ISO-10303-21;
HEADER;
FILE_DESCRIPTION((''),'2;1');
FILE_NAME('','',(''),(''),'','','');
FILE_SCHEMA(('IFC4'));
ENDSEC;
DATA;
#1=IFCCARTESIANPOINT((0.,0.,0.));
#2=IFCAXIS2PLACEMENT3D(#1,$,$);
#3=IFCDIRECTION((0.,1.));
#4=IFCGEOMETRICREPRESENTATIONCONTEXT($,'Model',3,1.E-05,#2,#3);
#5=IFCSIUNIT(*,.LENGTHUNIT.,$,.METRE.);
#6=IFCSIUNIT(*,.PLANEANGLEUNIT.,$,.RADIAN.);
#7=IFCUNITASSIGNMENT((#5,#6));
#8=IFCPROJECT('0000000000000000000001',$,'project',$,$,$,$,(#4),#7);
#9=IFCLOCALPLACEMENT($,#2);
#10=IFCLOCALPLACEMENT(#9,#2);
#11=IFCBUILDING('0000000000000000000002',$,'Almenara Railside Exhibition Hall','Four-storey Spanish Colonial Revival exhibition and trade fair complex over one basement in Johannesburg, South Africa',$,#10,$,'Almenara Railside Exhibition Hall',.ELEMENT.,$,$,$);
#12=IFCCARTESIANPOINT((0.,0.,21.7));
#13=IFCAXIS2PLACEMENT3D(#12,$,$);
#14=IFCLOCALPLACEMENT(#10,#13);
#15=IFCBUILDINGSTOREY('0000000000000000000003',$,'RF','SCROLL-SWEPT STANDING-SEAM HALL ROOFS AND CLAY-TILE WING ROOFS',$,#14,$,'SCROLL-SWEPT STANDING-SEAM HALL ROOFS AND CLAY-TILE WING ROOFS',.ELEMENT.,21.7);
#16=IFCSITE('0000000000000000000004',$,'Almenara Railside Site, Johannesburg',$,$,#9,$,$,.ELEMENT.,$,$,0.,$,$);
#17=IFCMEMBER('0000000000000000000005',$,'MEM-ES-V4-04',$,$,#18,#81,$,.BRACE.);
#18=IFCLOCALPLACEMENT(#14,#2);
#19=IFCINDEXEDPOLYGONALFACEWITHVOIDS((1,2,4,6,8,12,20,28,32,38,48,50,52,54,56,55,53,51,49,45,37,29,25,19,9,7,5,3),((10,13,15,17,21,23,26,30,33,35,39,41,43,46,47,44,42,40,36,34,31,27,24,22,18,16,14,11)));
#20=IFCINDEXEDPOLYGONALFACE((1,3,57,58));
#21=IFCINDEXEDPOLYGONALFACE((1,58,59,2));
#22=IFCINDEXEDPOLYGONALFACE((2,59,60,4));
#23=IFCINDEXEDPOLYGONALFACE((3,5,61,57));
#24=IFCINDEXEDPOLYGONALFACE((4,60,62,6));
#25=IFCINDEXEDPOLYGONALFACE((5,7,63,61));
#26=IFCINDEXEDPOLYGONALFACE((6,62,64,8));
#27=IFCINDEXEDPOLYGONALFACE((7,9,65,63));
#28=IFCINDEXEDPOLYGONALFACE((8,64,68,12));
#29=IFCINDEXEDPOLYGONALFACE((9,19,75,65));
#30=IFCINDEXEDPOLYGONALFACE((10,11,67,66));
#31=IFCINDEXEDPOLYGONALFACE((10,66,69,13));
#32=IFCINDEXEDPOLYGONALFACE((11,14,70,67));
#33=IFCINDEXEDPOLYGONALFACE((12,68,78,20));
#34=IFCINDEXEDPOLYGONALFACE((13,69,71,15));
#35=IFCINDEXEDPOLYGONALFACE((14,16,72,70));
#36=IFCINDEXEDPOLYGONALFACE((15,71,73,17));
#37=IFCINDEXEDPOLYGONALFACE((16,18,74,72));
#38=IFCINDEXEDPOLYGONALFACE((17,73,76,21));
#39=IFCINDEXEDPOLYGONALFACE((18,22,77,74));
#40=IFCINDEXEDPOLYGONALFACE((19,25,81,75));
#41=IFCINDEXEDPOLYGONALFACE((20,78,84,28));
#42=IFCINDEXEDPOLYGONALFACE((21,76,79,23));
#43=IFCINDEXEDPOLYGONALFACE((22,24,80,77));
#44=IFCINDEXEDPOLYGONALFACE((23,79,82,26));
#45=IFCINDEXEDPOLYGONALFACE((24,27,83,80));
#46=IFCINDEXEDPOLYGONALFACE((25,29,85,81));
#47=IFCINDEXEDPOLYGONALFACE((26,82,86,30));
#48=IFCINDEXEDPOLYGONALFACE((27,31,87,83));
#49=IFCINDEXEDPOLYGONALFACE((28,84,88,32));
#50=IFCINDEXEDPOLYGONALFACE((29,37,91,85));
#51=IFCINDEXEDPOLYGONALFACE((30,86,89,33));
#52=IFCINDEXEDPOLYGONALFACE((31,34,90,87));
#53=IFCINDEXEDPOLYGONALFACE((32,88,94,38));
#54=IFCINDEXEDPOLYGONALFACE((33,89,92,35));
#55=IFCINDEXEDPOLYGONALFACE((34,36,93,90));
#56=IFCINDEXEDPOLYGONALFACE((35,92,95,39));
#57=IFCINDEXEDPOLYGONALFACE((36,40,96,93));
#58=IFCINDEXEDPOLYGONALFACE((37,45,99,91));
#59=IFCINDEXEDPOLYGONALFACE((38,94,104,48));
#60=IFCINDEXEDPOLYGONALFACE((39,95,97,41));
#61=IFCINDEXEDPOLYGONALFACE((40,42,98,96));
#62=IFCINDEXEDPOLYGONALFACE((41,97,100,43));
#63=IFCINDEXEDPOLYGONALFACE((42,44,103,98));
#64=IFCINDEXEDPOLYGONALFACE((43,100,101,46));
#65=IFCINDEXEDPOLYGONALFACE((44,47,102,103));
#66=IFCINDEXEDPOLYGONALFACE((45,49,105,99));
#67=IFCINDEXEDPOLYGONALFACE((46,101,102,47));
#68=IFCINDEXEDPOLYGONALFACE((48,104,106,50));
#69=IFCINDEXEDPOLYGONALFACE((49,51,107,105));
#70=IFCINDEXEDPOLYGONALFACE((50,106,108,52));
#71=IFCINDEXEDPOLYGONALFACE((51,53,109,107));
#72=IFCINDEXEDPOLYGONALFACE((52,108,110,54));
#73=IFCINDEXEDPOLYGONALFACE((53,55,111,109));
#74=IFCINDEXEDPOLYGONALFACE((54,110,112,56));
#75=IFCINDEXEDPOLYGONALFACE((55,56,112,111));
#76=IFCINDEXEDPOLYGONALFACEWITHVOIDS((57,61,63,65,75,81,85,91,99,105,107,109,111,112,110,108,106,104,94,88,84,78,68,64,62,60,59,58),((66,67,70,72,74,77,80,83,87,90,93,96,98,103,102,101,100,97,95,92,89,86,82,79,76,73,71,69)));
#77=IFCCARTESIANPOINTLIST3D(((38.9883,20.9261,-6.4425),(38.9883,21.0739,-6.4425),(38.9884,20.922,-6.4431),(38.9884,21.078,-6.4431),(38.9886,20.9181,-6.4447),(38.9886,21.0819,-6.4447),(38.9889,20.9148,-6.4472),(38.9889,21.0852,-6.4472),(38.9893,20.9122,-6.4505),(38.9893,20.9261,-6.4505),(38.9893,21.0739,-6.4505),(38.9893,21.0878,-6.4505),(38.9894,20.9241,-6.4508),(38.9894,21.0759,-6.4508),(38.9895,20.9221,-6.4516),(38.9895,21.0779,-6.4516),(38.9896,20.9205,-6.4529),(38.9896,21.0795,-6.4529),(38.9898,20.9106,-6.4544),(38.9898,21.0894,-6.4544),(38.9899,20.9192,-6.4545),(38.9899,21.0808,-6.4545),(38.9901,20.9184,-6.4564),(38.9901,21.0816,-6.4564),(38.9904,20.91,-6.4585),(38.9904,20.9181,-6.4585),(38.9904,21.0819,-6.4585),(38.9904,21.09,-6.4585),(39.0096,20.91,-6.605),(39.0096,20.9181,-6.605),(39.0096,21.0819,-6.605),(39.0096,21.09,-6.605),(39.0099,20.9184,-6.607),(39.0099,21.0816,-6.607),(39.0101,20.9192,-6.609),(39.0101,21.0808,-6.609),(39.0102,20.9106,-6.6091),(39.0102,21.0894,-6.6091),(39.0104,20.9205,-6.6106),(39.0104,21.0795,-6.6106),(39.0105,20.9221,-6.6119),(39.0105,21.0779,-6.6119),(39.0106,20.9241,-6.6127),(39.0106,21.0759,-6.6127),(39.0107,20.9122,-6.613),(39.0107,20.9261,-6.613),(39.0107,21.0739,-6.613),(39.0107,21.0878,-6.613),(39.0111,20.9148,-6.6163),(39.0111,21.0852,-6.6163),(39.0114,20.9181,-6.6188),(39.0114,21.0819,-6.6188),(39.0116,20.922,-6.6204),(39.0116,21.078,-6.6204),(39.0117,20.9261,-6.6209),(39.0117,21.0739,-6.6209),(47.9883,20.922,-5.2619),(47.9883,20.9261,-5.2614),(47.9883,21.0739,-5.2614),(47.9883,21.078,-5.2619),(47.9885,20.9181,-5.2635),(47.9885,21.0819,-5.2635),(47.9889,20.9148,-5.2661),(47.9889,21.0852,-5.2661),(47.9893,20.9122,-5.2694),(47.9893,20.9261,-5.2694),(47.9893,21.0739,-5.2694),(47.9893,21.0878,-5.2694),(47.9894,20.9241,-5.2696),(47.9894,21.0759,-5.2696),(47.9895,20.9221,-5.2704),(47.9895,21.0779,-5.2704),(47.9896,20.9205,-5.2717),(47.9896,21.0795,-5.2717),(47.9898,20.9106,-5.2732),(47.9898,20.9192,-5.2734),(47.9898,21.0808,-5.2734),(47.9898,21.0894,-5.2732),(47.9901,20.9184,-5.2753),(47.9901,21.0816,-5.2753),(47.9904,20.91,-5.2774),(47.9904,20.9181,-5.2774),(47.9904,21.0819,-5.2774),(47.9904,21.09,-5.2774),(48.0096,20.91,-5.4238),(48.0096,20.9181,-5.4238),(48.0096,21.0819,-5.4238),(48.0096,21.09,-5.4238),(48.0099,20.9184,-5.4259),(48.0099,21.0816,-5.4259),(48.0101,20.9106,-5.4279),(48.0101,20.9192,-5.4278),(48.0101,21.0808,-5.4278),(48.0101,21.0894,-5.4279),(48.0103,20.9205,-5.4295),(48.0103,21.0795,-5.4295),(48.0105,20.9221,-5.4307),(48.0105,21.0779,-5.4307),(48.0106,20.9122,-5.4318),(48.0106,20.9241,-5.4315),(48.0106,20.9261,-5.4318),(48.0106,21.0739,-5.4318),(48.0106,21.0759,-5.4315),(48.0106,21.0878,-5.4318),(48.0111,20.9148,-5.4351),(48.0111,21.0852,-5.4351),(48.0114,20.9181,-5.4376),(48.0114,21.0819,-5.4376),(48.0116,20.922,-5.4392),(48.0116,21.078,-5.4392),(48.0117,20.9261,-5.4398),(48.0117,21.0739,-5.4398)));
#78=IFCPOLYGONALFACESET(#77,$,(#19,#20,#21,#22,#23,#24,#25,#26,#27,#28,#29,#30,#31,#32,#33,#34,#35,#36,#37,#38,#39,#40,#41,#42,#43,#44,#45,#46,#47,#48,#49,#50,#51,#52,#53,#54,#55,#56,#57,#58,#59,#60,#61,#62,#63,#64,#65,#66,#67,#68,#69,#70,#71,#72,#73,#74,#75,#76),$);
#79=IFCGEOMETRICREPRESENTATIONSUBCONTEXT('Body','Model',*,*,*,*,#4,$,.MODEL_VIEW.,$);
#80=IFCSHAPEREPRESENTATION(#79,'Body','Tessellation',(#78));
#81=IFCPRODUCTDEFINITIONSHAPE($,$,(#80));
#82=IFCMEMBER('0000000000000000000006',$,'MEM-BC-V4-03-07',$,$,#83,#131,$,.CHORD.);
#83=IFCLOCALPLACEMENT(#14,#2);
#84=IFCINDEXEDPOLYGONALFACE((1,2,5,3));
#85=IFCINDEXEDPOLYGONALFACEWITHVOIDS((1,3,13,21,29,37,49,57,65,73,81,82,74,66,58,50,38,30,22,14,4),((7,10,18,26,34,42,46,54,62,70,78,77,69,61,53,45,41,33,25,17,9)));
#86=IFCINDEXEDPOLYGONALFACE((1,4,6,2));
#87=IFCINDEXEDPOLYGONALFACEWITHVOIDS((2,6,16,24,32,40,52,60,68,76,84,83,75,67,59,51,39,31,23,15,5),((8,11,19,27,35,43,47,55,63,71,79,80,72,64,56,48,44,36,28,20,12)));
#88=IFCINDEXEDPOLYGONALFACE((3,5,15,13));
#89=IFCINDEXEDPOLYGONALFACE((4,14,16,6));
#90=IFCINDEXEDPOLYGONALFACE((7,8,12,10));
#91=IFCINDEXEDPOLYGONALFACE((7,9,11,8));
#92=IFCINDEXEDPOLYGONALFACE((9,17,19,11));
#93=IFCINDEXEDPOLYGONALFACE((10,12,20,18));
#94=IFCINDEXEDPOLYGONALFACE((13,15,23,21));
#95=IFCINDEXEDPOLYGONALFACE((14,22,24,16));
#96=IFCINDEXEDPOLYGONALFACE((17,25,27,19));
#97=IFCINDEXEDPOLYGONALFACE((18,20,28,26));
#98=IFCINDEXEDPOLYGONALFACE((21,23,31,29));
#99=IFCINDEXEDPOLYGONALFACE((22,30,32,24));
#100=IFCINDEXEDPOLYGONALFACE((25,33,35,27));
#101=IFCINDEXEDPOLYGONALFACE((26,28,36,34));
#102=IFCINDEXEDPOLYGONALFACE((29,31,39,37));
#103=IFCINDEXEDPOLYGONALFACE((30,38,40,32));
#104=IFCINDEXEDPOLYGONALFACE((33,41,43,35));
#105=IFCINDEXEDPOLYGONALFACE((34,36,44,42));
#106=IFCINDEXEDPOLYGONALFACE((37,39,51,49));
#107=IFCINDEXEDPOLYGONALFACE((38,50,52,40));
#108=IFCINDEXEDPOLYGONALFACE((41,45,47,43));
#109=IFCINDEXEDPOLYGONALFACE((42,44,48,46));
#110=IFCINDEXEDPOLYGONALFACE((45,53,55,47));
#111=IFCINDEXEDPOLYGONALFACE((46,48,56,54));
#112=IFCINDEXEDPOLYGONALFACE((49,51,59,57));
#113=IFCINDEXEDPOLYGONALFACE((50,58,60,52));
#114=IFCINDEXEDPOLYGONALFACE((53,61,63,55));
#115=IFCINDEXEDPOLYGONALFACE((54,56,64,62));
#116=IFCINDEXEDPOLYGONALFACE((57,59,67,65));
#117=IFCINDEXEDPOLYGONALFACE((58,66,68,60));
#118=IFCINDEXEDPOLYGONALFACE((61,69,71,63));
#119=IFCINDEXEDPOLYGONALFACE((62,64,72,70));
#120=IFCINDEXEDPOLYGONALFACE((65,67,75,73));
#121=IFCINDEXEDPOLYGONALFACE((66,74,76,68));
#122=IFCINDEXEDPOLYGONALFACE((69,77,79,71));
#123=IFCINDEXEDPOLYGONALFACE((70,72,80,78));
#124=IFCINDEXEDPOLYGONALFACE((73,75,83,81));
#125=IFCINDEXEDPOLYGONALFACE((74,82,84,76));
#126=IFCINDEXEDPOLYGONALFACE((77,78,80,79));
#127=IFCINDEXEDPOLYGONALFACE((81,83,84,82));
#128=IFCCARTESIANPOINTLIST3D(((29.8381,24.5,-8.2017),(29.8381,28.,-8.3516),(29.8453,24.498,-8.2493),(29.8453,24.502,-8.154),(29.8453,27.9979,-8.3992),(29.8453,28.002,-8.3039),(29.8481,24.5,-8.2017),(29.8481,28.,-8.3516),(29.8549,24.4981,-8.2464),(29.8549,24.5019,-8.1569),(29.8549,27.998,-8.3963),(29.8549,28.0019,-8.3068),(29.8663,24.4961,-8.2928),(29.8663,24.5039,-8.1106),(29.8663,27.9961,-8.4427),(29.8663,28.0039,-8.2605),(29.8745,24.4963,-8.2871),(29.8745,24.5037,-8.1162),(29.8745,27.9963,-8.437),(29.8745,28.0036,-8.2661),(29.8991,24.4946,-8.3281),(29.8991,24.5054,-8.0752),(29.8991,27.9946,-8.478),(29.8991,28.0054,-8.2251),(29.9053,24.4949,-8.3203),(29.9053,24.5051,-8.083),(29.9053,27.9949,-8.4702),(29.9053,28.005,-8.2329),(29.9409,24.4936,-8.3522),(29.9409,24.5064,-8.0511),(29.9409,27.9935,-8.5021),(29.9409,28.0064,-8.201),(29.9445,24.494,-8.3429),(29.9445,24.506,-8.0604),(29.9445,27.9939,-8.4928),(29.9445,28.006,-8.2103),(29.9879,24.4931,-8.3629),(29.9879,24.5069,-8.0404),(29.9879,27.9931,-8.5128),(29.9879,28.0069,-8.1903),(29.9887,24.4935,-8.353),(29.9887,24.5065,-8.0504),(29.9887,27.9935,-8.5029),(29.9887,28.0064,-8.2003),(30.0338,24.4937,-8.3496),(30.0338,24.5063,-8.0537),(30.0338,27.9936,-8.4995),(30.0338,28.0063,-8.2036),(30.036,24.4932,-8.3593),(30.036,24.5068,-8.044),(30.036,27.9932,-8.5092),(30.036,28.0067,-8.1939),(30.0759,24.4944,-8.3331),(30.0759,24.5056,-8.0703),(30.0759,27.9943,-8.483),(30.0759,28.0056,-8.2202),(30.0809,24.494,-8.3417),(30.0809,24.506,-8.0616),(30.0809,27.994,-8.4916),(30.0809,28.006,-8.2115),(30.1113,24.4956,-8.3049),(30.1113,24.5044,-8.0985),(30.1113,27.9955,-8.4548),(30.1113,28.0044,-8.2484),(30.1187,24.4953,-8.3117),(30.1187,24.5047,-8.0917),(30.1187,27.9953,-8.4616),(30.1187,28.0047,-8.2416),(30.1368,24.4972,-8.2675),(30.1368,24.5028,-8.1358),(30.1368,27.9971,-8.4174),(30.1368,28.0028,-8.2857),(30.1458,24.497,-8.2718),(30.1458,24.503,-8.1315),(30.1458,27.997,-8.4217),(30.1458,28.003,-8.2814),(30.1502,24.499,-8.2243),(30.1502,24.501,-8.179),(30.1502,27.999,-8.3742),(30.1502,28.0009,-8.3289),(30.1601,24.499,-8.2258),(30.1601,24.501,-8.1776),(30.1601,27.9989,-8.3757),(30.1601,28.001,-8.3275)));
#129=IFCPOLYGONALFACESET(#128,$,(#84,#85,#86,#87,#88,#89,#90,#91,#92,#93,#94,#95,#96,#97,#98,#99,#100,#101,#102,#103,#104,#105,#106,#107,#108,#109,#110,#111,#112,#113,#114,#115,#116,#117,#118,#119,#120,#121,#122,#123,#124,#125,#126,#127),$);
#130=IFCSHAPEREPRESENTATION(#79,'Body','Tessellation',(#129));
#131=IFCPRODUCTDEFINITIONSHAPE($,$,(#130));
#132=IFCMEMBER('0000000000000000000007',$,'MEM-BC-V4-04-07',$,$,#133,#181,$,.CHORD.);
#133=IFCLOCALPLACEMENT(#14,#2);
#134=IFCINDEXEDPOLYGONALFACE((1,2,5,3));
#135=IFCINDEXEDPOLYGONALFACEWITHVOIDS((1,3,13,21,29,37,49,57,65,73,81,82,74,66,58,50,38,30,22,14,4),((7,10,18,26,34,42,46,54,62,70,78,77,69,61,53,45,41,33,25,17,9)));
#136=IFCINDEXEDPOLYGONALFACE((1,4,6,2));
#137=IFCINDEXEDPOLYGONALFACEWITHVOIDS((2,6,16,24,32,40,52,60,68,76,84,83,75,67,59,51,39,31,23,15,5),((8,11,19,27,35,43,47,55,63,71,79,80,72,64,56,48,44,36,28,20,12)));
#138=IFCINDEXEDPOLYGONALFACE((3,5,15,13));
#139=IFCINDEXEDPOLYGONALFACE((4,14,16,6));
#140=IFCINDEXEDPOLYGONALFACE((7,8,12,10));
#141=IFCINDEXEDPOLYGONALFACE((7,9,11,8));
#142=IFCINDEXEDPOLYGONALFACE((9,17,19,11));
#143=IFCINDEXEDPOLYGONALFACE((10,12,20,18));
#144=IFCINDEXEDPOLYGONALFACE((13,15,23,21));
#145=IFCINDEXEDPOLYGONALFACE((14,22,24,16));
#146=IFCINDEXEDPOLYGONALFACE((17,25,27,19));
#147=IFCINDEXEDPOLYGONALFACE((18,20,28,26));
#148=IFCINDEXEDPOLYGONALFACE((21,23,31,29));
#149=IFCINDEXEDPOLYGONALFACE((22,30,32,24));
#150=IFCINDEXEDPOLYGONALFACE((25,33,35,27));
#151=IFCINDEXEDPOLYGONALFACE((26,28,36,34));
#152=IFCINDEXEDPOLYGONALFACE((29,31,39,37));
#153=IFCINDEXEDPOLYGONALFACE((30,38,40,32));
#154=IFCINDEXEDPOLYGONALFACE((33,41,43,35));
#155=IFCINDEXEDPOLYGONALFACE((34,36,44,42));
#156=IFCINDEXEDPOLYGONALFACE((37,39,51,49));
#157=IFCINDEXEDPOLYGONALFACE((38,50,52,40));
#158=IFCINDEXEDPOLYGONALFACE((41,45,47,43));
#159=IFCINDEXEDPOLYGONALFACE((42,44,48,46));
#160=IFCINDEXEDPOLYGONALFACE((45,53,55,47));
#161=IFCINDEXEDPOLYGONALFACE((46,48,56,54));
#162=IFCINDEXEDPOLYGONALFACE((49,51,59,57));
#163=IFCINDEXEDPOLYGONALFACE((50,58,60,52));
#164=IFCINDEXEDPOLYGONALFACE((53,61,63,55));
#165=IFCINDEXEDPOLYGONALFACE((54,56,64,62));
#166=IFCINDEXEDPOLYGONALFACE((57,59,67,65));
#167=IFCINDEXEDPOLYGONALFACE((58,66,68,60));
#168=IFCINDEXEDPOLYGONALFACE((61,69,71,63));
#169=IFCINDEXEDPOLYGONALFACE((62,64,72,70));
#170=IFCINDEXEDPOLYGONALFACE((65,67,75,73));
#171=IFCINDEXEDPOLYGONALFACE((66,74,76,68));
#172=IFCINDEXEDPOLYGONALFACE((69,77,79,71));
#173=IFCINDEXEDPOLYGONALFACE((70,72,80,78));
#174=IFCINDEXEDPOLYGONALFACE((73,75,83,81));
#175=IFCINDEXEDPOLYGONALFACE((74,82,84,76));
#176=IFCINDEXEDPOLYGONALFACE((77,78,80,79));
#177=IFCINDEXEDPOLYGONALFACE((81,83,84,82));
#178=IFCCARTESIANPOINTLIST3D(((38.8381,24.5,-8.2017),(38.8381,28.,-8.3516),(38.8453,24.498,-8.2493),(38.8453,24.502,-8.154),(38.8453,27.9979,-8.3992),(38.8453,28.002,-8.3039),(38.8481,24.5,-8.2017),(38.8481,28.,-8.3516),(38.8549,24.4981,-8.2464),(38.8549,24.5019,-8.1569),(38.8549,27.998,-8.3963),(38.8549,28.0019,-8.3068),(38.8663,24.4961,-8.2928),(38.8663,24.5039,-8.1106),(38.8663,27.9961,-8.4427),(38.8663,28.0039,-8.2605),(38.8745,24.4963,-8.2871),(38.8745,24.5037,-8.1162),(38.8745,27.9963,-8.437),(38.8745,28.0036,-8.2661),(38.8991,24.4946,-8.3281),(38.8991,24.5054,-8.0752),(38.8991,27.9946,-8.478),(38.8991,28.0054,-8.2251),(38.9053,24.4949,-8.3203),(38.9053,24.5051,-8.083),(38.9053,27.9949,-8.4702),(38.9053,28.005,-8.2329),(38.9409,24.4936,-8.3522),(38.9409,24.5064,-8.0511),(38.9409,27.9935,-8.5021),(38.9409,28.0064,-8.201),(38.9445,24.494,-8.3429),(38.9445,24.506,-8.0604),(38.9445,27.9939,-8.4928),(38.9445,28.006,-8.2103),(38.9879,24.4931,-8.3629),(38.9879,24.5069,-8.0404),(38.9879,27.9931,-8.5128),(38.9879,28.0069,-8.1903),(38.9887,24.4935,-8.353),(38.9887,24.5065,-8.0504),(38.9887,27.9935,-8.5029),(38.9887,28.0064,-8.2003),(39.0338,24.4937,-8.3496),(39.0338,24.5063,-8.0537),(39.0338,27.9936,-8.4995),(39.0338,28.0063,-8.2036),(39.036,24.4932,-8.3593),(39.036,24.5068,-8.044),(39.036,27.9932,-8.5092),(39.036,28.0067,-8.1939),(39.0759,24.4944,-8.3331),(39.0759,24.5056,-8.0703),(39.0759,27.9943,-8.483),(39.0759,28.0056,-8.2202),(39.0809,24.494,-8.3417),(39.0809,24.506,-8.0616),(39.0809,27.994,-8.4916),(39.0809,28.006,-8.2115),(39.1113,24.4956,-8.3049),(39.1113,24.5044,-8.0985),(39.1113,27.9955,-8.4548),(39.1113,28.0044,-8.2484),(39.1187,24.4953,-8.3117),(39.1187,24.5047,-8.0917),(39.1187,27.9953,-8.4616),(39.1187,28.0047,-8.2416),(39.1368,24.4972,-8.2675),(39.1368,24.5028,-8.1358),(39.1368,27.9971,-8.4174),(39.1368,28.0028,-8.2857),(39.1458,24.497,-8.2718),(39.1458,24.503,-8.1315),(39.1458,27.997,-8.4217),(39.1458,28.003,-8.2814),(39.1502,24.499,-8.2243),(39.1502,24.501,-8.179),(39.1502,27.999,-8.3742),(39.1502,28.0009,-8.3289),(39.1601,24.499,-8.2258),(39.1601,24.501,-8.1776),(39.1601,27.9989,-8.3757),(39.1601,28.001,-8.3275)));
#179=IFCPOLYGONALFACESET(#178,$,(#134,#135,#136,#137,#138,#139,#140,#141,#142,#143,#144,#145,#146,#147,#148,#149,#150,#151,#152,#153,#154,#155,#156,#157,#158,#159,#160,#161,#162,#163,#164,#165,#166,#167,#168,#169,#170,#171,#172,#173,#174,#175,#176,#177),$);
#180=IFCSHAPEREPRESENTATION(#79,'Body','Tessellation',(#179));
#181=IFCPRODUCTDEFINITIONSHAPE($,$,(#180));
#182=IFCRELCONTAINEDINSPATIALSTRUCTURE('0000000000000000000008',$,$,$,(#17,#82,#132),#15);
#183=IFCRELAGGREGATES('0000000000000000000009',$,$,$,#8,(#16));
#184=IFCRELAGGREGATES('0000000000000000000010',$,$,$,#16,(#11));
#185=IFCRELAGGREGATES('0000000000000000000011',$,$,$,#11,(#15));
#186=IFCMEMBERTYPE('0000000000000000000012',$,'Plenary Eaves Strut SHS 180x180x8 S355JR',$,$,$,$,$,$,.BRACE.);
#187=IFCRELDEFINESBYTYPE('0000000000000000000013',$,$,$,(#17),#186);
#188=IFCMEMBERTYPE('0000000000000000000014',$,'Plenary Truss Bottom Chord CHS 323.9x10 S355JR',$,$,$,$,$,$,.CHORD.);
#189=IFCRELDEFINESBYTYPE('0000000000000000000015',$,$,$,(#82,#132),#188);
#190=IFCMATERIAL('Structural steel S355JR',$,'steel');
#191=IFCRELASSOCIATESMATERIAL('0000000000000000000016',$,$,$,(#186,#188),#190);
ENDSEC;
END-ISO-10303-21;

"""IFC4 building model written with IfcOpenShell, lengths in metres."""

from ifc_helpers import new_model, si_unit, direction, frame, origin, origin_2d, place, context, subcontext, project, spatial, hollow_rectangle, hollow_circle, extrude, material, material_profile, profile_set, type_object, element, save


model = new_model("IFC4")

# Units and contexts
model_context = context("Model", 3, precision=1e-05, world=origin(), true_north=direction((0.0, 1.0)))
body_context = subcontext(model_context, "Body", "Model", "MODEL_VIEW")
ifc_project = project(units=[si_unit("LENGTHUNIT", "METRE"), si_unit("PLANEANGLEUNIT", "RADIAN")], contexts=[model_context])

# Site, building, storey
site_placement = place(None, origin())
site = spatial("IfcSite", under=ifc_project, at=site_placement, Name="Almenara Railside Site, Johannesburg", CompositionType="ELEMENT", RefElevation=0.0)
building_placement = place(site_placement, origin())
building = spatial("IfcBuilding", under=site, at=building_placement, Name="Almenara Railside Exhibition Hall", Description="Four-storey Spanish Colonial Revival exhibition and trade fair complex over one basement in Johannesburg, South Africa", LongName="Almenara Railside Exhibition Hall", CompositionType="ELEMENT")
storey_placement = place(building_placement, frame((0.0, 0.0, 21.7)))
storey = spatial("IfcBuildingStorey", under=building, at=storey_placement, Name="RF", Description="SCROLL-SWEPT STANDING-SEAM HALL ROOFS AND CLAY-TILE WING ROOFS", LongName="SCROLL-SWEPT STANDING-SEAM HALL ROOFS AND CLAY-TILE WING ROOFS", CompositionType="ELEMENT", Elevation=21.7)

# Members
ifc_material_1 = material(Name="Structural steel S355JR", Category="steel")
ifc_material_profile_1 = material_profile(ifc_material_1, hollow_rectangle(XDim=0.1799, YDim=0.1799, WallThickness=0.0081, InnerFilletRadius=0.0081, OuterFilletRadius=0.0161, at=origin_2d()), Name="SHS 180x180x8")
ifc_profile_set_1 = profile_set([ifc_material_profile_1], Name="Structural steel S355JR")
member_type_1 = type_object("IfcMemberType", Name="Plenary Eaves Strut SHS 180x180x8 S355JR", PredefinedType="BRACE", material=ifc_profile_set_1)
member_1_placement = place(storey_placement, frame((39.0, 21.0, -6.5317), z_axis=(0.991498, 0.0, 0.130123), x_axis=(0.0, 1.0, 0.0)))
element("IfcMember", 1, at=member_1_placement, inside=storey, type_object=member_type_1, Name="MEM-ES-V4-04", PredefinedType="BRACE", context=body_context, shape_type="SweptSolid", body=[
    extrude(hollow_rectangle(XDim=0.1799, YDim=0.1799, WallThickness=0.0081, InnerFilletRadius=0.0081, OuterFilletRadius=0.0161, at=origin_2d()), origin(), (0.0, 0.0, 1.0), 9.0771),
])
ifc_material_profile_2 = material_profile(ifc_material_1, hollow_circle(Radius=0.1619, WallThickness=0.01, at=origin_2d()), Name="CHS 323.9x10")
ifc_profile_set_2 = profile_set([ifc_material_profile_2], Name="Structural steel S355JR")
member_type_2 = type_object("IfcMemberType", Name="Plenary Truss Bottom Chord CHS 323.9x10 S355JR", PredefinedType="CHORD", material=ifc_profile_set_2)
for number, where, z_axis, x_axis, name in (
    (2, (30.0, 24.5, -8.2017), (0.0, 0.999084, -0.04279), (-1.0, 0.0, 0.0), "MEM-BC-V4-03-07"),
    (3, (39.0, 24.5, -8.2017), (0.0, 0.999084, -0.04279), (-1.0, 0.0, 0.0), "MEM-BC-V4-04-07"),
):
    element("IfcMember", number, at=place(storey_placement, frame(where, z_axis=z_axis, x_axis=x_axis)), inside=storey, type_object=member_type_2, Name=name, PredefinedType="CHORD", context=body_context, shape_type="SweptSolid", body=[
        extrude(hollow_circle(Radius=0.1619, WallThickness=0.01, at=origin_2d()), origin(), (0.0, 0.0, 1.0), 3.5032),
    ])

save(model, "model.ifc")
